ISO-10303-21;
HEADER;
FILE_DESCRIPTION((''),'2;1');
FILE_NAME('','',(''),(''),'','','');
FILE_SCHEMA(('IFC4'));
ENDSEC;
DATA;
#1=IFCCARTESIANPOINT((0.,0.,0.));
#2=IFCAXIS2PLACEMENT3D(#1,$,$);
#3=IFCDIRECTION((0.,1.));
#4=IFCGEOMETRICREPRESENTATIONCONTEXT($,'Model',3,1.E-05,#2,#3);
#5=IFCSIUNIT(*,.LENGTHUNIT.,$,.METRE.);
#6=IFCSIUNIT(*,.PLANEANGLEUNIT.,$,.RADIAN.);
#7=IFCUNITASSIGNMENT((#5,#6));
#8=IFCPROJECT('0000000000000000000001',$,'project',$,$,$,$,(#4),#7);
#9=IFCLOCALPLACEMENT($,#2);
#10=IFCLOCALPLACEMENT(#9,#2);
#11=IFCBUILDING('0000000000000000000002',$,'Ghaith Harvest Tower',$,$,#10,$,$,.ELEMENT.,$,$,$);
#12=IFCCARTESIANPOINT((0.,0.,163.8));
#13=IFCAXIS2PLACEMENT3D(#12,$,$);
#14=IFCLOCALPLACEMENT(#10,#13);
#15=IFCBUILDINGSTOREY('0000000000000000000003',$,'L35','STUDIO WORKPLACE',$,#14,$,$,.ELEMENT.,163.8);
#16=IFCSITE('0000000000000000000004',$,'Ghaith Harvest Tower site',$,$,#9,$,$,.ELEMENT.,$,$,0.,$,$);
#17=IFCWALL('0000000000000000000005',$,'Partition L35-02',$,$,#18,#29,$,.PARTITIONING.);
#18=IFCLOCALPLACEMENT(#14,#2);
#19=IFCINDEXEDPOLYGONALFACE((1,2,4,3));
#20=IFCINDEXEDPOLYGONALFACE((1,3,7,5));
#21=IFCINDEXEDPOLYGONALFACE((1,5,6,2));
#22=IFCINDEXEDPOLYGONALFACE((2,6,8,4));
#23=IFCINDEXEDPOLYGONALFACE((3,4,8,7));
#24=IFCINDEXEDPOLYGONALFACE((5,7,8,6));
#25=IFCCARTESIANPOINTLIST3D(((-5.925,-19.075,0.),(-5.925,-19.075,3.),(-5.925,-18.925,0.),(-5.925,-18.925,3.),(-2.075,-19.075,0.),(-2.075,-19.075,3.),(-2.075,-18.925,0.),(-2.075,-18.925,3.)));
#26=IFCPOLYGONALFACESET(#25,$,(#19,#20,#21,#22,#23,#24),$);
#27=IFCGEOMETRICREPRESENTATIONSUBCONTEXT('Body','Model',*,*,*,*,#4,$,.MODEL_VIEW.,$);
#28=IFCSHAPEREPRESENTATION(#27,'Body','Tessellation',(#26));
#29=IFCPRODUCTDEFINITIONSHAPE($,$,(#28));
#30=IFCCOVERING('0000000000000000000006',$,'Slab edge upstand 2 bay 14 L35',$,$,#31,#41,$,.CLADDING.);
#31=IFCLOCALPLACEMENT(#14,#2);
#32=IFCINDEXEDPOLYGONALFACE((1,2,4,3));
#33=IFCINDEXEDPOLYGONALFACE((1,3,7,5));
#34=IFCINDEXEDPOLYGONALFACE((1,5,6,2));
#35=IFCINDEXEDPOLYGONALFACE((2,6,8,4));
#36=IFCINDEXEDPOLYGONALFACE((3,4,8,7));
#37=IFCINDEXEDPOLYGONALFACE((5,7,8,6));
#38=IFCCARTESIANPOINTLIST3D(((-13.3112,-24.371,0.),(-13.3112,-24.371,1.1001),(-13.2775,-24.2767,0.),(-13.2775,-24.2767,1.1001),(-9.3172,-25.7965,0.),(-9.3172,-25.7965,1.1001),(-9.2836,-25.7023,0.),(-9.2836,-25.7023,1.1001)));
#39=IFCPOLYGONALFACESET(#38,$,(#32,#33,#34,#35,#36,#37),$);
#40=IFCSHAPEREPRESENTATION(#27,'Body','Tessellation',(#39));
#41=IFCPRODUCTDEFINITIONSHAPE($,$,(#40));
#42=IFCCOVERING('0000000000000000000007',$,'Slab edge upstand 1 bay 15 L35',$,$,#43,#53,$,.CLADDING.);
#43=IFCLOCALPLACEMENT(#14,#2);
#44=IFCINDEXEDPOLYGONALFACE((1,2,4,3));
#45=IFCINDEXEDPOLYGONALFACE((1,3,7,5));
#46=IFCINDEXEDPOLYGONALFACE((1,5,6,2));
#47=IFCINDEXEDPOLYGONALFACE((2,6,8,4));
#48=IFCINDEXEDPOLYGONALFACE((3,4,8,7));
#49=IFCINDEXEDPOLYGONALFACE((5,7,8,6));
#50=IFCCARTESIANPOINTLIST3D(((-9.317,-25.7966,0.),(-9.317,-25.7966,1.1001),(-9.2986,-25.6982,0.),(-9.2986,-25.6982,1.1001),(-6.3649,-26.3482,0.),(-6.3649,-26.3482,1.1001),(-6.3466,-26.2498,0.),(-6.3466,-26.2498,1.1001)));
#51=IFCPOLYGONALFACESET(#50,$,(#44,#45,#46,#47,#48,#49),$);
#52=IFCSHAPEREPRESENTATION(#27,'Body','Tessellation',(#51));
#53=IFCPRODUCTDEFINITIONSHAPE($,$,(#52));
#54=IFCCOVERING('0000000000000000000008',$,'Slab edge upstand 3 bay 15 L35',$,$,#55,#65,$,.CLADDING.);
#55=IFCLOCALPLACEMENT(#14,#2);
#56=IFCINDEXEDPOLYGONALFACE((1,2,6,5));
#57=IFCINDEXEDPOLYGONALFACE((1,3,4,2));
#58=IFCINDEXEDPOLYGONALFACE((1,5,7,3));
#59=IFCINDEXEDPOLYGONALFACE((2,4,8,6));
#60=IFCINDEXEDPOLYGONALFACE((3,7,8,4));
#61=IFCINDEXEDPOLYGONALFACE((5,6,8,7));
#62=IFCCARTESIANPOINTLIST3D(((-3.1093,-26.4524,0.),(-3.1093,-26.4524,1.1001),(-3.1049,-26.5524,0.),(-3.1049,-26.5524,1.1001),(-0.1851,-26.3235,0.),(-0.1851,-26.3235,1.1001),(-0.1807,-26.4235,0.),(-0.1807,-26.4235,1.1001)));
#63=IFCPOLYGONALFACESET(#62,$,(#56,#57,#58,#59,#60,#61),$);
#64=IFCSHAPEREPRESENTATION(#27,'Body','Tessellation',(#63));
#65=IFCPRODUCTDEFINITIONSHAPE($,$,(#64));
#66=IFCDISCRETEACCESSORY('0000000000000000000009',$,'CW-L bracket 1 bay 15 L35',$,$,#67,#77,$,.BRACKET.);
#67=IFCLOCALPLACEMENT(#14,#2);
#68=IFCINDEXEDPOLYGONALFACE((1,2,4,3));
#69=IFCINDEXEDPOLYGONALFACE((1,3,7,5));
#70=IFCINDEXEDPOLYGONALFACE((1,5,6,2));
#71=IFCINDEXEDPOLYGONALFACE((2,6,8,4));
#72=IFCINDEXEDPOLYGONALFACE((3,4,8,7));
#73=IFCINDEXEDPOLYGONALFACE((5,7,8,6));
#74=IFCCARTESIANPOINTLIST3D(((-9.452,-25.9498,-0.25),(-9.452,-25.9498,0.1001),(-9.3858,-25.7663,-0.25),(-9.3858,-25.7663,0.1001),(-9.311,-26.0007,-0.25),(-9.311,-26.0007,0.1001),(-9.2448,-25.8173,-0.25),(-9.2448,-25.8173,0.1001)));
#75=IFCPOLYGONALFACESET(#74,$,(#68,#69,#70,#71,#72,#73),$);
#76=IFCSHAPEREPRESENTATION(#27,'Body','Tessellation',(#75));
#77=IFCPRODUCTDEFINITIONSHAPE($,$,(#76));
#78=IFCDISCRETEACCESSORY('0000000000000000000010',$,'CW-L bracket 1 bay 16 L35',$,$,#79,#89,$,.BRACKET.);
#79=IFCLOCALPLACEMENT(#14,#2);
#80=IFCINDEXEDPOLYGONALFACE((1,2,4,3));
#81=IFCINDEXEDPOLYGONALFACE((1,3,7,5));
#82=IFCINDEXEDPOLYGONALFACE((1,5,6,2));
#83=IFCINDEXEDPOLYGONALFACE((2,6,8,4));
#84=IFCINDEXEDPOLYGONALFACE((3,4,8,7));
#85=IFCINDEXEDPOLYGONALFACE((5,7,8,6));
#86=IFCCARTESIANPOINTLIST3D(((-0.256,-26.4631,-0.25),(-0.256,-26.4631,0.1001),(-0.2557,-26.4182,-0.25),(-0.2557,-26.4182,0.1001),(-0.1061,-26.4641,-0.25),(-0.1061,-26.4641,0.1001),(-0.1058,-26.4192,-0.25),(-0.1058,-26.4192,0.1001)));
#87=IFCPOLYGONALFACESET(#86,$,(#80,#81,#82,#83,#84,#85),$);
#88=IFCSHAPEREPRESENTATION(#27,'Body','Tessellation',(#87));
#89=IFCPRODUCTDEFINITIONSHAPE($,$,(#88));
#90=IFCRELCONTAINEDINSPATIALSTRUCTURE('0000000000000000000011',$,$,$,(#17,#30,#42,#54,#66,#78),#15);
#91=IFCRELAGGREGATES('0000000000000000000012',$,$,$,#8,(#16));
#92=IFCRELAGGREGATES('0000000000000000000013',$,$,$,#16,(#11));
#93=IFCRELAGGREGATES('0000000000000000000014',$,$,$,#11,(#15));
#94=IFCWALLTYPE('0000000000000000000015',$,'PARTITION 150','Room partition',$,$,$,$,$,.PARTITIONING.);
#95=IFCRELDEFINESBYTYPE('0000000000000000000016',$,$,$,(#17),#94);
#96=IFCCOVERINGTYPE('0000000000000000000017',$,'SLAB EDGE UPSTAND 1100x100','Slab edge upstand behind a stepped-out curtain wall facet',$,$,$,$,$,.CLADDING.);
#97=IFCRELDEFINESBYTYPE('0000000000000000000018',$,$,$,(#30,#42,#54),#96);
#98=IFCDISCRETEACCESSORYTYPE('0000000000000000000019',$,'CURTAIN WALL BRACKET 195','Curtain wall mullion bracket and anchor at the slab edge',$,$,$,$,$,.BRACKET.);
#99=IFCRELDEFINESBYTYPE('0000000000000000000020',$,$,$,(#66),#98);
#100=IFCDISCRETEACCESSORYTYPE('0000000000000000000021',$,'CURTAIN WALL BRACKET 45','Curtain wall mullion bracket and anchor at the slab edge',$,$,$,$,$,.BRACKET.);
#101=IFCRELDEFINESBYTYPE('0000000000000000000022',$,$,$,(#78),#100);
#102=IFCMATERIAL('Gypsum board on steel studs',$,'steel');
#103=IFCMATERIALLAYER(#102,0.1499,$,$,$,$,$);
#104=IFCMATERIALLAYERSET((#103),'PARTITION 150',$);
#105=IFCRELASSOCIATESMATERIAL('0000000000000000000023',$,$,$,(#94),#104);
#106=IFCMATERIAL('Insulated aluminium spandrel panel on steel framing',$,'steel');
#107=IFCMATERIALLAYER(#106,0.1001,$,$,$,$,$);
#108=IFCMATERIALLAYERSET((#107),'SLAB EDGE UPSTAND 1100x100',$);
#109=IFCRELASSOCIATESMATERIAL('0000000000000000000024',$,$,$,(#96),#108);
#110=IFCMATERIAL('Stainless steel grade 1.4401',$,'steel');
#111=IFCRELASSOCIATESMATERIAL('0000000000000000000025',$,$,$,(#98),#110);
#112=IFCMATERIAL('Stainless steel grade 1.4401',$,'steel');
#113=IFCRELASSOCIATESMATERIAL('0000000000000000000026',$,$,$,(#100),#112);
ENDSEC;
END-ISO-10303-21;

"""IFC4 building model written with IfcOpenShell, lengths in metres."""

from ifc_helpers import new_model, si_unit, direction, frame, frame_2d, origin, origin_2d, place, context, subcontext, project, spatial, rectangle, extrude, material, layer, layer_set, type_object, element, save


model = new_model("IFC4")

# Units and contexts
model_context = context("Model", 3, precision=1e-05, world=origin(), true_north=direction((0.0, 1.0)))
body_context = subcontext(model_context, "Body", "Model", "MODEL_VIEW")
ifc_project = project(units=[si_unit("LENGTHUNIT", "METRE"), si_unit("PLANEANGLEUNIT", "RADIAN")], contexts=[model_context])

# Site, building, storey
site_placement = place(None, origin())
site = spatial("IfcSite", under=ifc_project, at=site_placement, Name="Ghaith Harvest Tower site", CompositionType="ELEMENT", RefElevation=0.0)
building_placement = place(site_placement, origin())
building = spatial("IfcBuilding", under=site, at=building_placement, Name="Ghaith Harvest Tower", CompositionType="ELEMENT")
storey_placement = place(building_placement, frame((0.0, 0.0, 163.8)))
storey = spatial("IfcBuildingStorey", under=building, at=storey_placement, Name="L35", Description="STUDIO WORKPLACE", CompositionType="ELEMENT", Elevation=163.8)

# Shared definitions
ifc_material_1 = material(Name="Gypsum board on steel studs", Category="steel")
ifc_layer_1 = layer(ifc_material_1, 0.1499)
ifc_layer_set_1 = layer_set([ifc_layer_1], Name="PARTITION 150")
wall_type = type_object("IfcWallType", Name="PARTITION 150", Description="Room partition", PredefinedType="PARTITIONING", material=ifc_layer_set_1)

# Wall
wall_1_placement = place(storey_placement, frame((-5.925, -19.0, 0.0), z_axis=(0.0, 0.0, 1.0), x_axis=(1.0, 0.0, 0.0)))
element("IfcWall", 1, at=wall_1_placement, inside=storey, type_object=wall_type, Name="Partition L35-02", PredefinedType="PARTITIONING", context=body_context, shape_type="SweptSolid", body=[
    extrude(rectangle(XDim=3.8501, YDim=0.1499, at=frame_2d((1.925, 0.0))), origin(), (0.0, 0.0, 1.0), 3.0),
])

# Coverings
ifc_material_2 = material(Name="Insulated aluminium spandrel panel on steel framing", Category="steel")
ifc_layer_2 = layer(ifc_material_2, 0.1001)
ifc_layer_set_2 = layer_set([ifc_layer_2], Name="SLAB EDGE UPSTAND 1100x100")
covering_type = type_object("IfcCoveringType", Name="SLAB EDGE UPSTAND 1100x100", Description="Slab edge upstand behind a stepped-out curtain wall facet", PredefinedType="CLADDING", material=ifc_layer_set_2)
covering_1_placement = place(storey_placement, frame((-11.2974, -25.0366, 0.0), z_axis=(0.0, 0.0, 1.0), x_axis=(0.941807, -0.336154, 0.0)))
element("IfcCovering", 2, at=covering_1_placement, inside=storey, type_object=covering_type, Name="Slab edge upstand 2 bay 14 L35", PredefinedType="CLADDING", context=body_context, shape_type="SweptSolid", body=[
    extrude(rectangle(XDim=4.2407, YDim=0.1001, at=origin_2d()), origin(), (0.0, 0.0, 1.0), 1.1001),
])
covering_2_placement = place(storey_placement, frame((-7.8318, -26.0232, 0.0), z_axis=(0.0, 0.0, 1.0), x_axis=(0.98299, -0.183659, 0.0)))
element("IfcCovering", 3, at=covering_2_placement, inside=storey, type_object=covering_type, Name="Slab edge upstand 1 bay 15 L35", PredefinedType="CLADDING", context=body_context, shape_type="SweptSolid", body=[
    extrude(rectangle(XDim=3.0032, YDim=0.1001, at=origin_2d()), origin(), (0.0, 0.0, 1.0), 1.1001),
])
covering_3_placement = place(storey_placement, frame((-1.645, -26.438, 0.0), z_axis=(0.0, 0.0, 1.0), x_axis=(0.99903, 0.044045, 0.0)))
element("IfcCovering", 4, at=covering_3_placement, inside=storey, type_object=covering_type, Name="Slab edge upstand 3 bay 15 L35", PredefinedType="CLADDING", context=body_context, shape_type="SweptSolid", body=[
    extrude(rectangle(XDim=2.927, YDim=0.1001, at=origin_2d()), origin(), (0.0, 0.0, 1.0), 1.1001),
])

# Discrete accessories
ifc_material_3 = material(Name="Stainless steel grade 1.4401", Category="steel")
discrete_accessory_type_1 = type_object("IfcDiscreteAccessoryType", Name="CURTAIN WALL BRACKET 195", Description="Curtain wall mullion bracket and anchor at the slab edge", PredefinedType="BRACKET", material=ifc_material_3)
discrete_accessory_1_placement = place(storey_placement, frame((-9.3484, -25.8835, -0.25), z_axis=(0.0, 0.0, 1.0), x_axis=(-0.339699, -0.940534, 0.0)))
element("IfcDiscreteAccessory", 5, at=discrete_accessory_1_placement, inside=storey, type_object=discrete_accessory_type_1, Name="CW-L bracket 1 bay 15 L35", PredefinedType="BRACKET", context=body_context, shape_type="SweptSolid", body=[
    extrude(rectangle(XDim=0.1951, YDim=0.1499, at=origin_2d()), origin(), (0.0, 0.0, 1.0), 0.3501),
])
ifc_material_4 = material(Name="Stainless steel grade 1.4401", Category="steel")
discrete_accessory_type_2 = type_object("IfcDiscreteAccessoryType", Name="CURTAIN WALL BRACKET 45", Description="Curtain wall mullion bracket and anchor at the slab edge", PredefinedType="BRACKET", material=ifc_material_4)
discrete_accessory_2_placement = place(storey_placement, frame((-0.1809, -26.4412, -0.25), z_axis=(0.0, 0.0, 1.0), x_axis=(-0.006844, -0.999977, 0.0)))
element("IfcDiscreteAccessory", 6, at=discrete_accessory_2_placement, inside=storey, type_object=discrete_accessory_type_2, Name="CW-L bracket 1 bay 16 L35", PredefinedType="BRACKET", context=body_context, shape_type="SweptSolid", body=[
    extrude(rectangle(XDim=0.0449, YDim=0.1499, at=origin_2d()), origin(), (0.0, 0.0, 1.0), 0.3501),
])

save(model, "model.ifc")
